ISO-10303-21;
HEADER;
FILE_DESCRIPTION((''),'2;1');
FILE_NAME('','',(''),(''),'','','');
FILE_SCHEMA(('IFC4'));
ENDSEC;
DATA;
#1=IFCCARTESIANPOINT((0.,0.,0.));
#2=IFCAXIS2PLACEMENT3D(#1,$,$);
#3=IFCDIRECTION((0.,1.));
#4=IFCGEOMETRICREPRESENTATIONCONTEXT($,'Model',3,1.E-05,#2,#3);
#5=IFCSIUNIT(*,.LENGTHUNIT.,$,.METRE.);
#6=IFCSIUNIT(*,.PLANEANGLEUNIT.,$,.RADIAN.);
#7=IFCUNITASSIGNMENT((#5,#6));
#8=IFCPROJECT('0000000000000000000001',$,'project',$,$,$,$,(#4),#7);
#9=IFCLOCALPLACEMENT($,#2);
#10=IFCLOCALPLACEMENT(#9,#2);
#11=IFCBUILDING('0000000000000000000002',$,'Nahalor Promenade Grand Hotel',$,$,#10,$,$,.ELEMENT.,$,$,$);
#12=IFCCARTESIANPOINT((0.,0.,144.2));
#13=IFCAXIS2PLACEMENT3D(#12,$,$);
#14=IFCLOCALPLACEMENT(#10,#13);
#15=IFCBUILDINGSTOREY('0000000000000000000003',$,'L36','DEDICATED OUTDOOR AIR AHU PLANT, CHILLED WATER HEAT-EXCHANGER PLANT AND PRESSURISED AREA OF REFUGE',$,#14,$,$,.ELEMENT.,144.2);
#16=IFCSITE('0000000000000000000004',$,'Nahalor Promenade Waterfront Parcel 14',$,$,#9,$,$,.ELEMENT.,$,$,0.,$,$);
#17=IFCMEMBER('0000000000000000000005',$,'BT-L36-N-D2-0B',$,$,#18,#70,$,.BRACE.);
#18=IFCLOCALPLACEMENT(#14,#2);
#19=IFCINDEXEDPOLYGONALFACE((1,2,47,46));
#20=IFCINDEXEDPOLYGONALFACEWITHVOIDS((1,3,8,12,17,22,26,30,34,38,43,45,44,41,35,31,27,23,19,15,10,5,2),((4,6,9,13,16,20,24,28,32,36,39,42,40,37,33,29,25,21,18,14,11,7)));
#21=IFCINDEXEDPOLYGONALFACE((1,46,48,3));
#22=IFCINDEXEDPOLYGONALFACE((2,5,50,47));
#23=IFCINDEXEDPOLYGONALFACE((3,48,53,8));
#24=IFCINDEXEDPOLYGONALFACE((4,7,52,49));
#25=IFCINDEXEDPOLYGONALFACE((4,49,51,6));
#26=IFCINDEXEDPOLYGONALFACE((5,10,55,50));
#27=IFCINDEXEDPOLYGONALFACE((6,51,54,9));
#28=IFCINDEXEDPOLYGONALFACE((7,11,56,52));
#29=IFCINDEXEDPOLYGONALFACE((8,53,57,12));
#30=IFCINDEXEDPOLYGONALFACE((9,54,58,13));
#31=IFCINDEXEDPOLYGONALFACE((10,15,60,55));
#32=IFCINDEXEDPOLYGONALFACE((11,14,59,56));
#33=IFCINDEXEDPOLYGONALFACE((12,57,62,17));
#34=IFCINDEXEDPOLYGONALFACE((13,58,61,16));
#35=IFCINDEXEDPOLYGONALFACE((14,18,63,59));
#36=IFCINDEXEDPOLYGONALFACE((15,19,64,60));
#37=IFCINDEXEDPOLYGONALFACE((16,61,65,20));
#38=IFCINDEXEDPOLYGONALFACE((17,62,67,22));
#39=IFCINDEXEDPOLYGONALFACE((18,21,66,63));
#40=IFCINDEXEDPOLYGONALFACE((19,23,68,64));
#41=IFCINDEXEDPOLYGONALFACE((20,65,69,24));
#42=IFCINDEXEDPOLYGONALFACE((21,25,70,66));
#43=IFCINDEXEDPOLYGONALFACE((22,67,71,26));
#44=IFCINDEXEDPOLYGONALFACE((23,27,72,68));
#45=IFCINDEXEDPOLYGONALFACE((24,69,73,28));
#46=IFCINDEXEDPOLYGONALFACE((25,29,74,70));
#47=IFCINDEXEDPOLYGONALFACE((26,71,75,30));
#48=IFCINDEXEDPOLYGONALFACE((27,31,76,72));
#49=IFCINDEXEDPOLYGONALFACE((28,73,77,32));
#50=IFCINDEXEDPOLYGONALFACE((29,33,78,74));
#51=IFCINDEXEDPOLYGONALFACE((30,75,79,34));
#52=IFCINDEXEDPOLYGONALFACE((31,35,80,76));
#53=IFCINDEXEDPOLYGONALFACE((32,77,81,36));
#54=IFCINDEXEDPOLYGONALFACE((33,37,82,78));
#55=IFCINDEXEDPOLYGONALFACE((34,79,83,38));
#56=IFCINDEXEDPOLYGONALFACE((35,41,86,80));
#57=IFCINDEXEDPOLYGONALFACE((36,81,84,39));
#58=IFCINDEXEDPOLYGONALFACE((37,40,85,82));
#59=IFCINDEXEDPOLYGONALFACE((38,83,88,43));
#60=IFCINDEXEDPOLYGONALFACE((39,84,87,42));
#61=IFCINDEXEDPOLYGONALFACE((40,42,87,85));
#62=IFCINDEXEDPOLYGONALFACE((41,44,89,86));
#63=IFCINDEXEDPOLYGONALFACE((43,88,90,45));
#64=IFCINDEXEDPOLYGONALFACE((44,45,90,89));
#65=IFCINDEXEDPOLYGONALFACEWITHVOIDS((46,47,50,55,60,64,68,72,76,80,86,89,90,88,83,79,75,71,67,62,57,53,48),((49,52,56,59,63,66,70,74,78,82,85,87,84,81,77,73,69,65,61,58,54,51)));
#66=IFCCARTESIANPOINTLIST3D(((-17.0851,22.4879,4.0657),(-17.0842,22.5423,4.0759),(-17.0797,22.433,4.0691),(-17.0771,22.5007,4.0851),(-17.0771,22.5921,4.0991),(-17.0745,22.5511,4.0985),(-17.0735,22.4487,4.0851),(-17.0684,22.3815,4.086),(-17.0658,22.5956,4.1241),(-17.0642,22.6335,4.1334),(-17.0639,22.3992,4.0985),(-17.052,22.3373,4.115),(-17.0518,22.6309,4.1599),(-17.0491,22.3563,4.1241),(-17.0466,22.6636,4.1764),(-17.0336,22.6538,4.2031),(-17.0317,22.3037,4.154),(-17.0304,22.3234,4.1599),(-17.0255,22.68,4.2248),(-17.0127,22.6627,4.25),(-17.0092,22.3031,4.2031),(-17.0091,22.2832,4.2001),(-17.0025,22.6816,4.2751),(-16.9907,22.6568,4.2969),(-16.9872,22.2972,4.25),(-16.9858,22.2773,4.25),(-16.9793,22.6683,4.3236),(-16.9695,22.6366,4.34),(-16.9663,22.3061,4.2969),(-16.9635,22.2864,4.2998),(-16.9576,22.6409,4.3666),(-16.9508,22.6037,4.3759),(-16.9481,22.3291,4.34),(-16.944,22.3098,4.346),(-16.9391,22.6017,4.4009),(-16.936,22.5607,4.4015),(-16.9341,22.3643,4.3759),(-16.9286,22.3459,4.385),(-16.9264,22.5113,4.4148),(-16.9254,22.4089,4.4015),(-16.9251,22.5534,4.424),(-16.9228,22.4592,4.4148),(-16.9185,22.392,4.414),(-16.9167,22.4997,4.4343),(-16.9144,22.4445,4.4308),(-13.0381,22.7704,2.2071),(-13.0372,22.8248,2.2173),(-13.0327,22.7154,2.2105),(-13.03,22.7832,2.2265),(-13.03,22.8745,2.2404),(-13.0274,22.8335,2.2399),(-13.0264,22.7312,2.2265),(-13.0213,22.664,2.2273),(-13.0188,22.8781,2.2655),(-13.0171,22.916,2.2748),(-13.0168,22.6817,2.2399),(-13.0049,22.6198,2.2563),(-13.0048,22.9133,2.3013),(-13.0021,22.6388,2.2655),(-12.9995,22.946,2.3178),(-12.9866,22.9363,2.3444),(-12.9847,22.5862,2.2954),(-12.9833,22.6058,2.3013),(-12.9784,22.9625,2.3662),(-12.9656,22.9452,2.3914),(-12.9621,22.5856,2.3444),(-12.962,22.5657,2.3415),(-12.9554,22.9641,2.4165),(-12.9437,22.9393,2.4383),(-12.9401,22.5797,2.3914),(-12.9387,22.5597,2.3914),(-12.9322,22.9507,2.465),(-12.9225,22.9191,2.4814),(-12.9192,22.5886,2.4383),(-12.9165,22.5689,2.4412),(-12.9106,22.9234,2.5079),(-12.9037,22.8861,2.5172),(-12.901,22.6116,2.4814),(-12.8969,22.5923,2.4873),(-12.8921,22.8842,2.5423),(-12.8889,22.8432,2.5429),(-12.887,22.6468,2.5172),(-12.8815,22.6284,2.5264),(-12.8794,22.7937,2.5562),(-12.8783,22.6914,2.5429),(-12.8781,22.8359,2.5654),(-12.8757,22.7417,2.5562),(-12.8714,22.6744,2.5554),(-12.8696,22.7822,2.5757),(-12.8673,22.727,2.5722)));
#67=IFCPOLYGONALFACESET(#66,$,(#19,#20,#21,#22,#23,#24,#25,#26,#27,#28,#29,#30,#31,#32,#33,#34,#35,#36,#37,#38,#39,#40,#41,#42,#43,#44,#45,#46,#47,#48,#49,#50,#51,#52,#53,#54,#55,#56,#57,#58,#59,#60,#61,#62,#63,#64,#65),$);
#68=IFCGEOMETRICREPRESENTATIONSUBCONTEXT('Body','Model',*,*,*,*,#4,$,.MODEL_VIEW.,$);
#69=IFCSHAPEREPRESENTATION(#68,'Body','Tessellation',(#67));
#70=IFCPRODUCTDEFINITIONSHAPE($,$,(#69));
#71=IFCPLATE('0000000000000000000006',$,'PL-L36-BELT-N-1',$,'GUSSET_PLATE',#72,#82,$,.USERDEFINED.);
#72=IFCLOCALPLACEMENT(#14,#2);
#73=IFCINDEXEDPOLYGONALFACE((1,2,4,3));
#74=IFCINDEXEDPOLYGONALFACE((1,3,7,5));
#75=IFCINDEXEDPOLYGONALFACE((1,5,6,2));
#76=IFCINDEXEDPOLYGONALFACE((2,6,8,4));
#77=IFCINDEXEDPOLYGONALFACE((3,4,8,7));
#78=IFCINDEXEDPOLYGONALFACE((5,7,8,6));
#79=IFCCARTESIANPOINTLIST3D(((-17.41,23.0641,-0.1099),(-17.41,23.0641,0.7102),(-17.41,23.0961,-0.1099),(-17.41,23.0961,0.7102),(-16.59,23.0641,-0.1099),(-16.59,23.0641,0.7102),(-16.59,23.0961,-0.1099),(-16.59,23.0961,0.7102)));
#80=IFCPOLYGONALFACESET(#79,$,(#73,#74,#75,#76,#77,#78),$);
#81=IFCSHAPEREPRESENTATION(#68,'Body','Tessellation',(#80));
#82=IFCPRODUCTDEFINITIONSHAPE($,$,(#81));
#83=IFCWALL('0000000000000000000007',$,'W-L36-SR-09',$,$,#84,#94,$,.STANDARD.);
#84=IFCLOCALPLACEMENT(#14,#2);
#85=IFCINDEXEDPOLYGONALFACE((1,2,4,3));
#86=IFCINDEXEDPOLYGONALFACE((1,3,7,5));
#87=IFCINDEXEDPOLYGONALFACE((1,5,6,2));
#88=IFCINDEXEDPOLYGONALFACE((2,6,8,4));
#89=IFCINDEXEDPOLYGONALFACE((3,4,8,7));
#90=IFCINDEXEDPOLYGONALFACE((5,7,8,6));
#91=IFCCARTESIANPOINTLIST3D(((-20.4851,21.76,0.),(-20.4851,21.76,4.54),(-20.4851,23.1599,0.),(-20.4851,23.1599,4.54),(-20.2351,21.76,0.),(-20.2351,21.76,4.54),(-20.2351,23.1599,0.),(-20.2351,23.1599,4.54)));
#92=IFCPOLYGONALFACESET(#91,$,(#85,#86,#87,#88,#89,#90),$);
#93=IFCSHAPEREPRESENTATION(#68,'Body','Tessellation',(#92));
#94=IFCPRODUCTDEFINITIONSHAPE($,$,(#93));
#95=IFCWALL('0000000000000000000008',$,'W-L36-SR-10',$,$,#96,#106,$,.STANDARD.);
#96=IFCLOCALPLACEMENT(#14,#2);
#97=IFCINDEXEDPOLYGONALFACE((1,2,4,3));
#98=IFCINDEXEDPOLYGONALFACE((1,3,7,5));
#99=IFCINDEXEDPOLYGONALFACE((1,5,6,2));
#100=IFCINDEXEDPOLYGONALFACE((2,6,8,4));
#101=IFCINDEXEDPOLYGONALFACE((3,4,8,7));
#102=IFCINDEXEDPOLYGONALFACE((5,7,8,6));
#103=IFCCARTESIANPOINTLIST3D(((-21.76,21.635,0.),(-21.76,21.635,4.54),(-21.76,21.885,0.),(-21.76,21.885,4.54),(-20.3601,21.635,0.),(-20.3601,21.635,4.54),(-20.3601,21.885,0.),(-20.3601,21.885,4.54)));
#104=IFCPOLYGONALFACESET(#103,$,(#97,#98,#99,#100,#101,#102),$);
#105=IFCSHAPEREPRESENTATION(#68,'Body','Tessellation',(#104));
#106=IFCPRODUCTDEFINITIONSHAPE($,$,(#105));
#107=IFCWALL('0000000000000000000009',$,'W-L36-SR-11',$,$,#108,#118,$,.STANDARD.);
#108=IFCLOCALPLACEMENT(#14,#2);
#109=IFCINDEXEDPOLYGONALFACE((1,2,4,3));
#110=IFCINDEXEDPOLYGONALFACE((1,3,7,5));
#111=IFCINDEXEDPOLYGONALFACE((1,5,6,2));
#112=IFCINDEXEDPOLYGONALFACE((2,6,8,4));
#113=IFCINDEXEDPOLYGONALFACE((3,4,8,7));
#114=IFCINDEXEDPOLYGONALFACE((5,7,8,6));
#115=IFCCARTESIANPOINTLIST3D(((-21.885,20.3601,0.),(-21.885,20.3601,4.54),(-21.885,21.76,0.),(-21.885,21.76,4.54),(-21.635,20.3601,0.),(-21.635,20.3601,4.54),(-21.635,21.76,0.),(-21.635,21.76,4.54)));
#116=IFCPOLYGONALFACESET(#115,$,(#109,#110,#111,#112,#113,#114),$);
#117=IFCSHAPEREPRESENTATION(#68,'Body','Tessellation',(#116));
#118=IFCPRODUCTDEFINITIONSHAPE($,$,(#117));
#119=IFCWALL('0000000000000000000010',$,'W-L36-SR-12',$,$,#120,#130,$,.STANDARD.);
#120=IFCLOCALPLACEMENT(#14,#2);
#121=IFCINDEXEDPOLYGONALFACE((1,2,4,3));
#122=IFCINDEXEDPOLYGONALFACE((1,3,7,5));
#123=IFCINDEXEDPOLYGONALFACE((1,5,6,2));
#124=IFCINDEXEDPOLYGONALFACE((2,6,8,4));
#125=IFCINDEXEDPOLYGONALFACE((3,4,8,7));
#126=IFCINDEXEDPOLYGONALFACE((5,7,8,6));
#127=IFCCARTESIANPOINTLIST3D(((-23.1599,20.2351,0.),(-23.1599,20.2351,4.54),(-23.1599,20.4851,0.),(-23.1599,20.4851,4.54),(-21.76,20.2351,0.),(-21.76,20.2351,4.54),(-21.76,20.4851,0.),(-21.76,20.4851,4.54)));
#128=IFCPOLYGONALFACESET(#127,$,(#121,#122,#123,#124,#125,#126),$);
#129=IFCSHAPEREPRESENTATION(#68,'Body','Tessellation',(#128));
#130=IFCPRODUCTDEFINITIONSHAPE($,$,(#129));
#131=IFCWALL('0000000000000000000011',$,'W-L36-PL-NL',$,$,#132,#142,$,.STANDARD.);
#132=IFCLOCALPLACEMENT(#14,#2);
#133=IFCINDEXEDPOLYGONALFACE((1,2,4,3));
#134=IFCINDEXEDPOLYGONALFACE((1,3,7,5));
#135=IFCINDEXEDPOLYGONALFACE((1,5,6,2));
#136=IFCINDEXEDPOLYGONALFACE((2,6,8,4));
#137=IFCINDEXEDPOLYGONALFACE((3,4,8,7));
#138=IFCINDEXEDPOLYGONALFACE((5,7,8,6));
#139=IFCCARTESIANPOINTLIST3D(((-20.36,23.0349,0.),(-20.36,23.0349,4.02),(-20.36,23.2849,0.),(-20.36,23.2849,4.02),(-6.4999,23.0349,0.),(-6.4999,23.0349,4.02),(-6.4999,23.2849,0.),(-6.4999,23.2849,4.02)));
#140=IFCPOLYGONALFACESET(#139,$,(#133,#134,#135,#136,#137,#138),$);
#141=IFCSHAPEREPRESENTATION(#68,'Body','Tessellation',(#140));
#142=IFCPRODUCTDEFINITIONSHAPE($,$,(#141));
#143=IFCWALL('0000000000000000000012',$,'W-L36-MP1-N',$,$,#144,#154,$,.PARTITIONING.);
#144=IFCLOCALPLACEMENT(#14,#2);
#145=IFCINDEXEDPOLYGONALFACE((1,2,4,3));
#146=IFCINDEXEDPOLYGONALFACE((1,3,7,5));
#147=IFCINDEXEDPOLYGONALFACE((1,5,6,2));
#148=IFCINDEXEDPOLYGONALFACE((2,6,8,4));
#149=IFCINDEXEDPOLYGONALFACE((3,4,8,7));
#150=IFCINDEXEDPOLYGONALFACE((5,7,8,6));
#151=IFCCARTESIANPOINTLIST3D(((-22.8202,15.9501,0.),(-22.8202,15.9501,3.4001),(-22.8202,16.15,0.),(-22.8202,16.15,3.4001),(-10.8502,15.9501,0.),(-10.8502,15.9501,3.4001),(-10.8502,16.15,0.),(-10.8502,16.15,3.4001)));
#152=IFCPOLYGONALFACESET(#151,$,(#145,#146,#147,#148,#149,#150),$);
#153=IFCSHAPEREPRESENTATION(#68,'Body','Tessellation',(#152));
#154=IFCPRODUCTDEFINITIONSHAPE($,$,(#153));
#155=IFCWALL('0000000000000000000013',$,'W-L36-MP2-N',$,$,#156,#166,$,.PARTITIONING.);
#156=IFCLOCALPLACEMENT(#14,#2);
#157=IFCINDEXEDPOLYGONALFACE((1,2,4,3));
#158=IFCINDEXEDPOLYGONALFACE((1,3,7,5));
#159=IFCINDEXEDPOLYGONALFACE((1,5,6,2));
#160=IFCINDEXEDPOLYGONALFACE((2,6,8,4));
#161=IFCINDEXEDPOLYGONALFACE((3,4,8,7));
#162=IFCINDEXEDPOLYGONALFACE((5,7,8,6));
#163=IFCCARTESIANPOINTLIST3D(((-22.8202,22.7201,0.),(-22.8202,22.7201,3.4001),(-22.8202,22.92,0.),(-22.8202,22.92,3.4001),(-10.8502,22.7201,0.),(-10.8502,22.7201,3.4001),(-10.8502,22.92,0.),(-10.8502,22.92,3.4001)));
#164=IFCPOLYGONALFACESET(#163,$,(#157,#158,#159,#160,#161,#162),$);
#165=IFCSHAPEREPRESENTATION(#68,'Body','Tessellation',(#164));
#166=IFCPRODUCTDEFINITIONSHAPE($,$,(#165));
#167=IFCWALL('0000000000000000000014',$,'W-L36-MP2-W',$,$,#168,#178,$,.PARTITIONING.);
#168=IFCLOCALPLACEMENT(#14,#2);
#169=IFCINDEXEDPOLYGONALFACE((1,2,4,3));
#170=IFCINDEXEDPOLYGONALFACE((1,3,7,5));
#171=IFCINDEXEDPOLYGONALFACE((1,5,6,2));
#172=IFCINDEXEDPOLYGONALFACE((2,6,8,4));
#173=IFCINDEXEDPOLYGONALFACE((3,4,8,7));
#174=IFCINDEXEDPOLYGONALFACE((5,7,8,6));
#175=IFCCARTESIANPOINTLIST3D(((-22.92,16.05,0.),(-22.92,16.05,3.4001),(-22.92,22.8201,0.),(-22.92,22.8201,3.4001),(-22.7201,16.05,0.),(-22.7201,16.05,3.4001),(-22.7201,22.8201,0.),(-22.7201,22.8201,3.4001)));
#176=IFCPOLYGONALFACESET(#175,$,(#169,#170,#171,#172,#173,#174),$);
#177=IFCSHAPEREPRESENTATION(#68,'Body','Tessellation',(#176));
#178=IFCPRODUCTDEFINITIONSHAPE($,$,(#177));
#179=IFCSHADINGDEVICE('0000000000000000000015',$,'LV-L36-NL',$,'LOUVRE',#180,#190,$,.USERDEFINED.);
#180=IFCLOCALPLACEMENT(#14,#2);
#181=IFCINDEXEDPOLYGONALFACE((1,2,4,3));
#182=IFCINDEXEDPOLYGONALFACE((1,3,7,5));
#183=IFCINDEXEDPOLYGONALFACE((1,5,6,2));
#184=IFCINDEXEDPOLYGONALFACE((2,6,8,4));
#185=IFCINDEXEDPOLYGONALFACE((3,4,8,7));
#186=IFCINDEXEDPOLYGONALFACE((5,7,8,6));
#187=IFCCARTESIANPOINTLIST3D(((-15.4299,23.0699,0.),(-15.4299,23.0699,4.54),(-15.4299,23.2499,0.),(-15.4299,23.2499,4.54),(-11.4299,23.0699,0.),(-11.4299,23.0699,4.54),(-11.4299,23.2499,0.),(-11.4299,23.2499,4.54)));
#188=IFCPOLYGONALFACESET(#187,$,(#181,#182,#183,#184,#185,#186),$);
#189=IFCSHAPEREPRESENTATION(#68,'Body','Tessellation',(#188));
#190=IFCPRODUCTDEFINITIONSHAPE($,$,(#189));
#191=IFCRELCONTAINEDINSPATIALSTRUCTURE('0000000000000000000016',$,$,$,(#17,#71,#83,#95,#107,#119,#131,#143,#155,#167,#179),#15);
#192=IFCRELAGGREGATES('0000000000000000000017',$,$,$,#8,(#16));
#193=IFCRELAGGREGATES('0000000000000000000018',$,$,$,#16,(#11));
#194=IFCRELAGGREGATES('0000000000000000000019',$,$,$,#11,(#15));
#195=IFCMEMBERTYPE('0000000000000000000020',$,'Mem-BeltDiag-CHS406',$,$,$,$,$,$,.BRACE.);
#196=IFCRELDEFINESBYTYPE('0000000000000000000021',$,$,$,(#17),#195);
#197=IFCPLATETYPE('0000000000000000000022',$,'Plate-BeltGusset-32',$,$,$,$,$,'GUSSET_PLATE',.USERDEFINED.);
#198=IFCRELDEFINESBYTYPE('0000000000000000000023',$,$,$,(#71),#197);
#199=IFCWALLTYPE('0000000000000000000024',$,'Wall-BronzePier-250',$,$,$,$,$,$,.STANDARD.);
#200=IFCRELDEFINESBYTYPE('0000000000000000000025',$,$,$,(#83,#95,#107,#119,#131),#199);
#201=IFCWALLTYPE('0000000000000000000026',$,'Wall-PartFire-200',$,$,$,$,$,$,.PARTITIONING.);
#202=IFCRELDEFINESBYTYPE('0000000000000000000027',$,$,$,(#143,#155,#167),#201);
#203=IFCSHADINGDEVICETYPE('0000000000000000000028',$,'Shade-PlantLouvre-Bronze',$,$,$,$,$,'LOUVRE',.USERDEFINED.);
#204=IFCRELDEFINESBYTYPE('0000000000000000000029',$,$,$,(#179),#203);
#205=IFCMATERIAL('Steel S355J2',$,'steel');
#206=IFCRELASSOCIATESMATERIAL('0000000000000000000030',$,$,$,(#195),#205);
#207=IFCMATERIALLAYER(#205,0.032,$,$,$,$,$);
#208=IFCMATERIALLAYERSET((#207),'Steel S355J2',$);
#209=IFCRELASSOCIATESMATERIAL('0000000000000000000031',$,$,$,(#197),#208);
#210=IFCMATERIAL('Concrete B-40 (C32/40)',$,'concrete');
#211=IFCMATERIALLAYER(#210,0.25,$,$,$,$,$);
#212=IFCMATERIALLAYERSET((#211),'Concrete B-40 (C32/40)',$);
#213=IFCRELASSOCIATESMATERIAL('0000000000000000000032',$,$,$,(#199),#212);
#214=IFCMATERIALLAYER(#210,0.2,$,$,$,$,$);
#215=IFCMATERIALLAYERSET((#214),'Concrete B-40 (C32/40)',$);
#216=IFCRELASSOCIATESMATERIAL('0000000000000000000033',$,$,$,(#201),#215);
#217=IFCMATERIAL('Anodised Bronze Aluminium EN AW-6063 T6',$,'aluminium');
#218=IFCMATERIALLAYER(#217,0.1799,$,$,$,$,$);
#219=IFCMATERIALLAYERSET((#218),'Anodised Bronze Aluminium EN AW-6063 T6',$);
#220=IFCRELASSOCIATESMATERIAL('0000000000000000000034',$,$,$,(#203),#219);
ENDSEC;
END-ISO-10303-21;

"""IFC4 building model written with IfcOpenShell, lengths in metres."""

from ifc_helpers import new_model, si_unit, direction, frame, frame_2d, origin, origin_2d, place, context, subcontext, project, spatial, rectangle, hollow_circle, extrude, source, transform, mapped, material, layer, layer_set, material_profile, profile_set, type_object, element, save


model = new_model("IFC4")

# Units and contexts
model_context = context("Model", 3, precision=1e-05, world=origin(), true_north=direction((0.0, 1.0)))
body_context = subcontext(model_context, "Body", "Model", "MODEL_VIEW")
ifc_project = project(units=[si_unit("LENGTHUNIT", "METRE"), si_unit("PLANEANGLEUNIT", "RADIAN")], contexts=[model_context])

# Site, building, storey
site_placement = place(None, origin())
site = spatial("IfcSite", under=ifc_project, at=site_placement, Name="Nahalor Promenade Waterfront Parcel 14", CompositionType="ELEMENT", RefElevation=0.0)
building_placement = place(site_placement, origin())
building = spatial("IfcBuilding", under=site, at=building_placement, Name="Nahalor Promenade Grand Hotel", CompositionType="ELEMENT")
storey_placement = place(building_placement, frame((0.0, 0.0, 144.2)))
storey = spatial("IfcBuildingStorey", under=building, at=storey_placement, Name="L36", Description="DEDICATED OUTDOOR AIR AHU PLANT, CHILLED WATER HEAT-EXCHANGER PLANT AND PRESSURISED AREA OF REFUGE", CompositionType="ELEMENT", Elevation=144.2)

# Shared definitions
ifc_material_1 = material(Name="Steel S355J2", Category="steel")

# Member
ifc_material_profile_1 = material_profile(ifc_material_1, hollow_circle(Radius=0.2032, WallThickness=0.02, at=origin_2d()), Name="CHS 406.4x20")
ifc_profile_set_1 = profile_set([ifc_material_profile_1], Name="Steel S355J2")
member_type = type_object("IfcMemberType", Name="Mem-BeltDiag-CHS406", PredefinedType="BRACE", material=ifc_profile_set_1)
shared_shape_1 = source(origin(), body_context, "Body", "SweptSolid", [
    extrude(hollow_circle(Radius=0.2032, WallThickness=0.02, at=origin_2d()), origin(), (0.0, 0.0, 1.0), 4.4624),
])
member_1_placement = place(storey_placement, frame((-12.9529, 22.7625, 2.3914), z_axis=(-0.906926, -0.063299, 0.416507), x_axis=(0.069626, -0.997573, 0.0)))
element("IfcMember", 1, at=member_1_placement, inside=storey, type_object=member_type, Name="BT-L36-N-D2-0B", PredefinedType="BRACE", context=body_context, shape_type="MappedRepresentation", body=[
    mapped(shared_shape_1, transform((0.0, 0.0, 0.0), scale=1.0)),
])

# Plate
ifc_layer_1 = layer(ifc_material_1, 0.032)
ifc_layer_set_1 = layer_set([ifc_layer_1], Name="Steel S355J2")
plate_type = type_object("IfcPlateType", Name="Plate-BeltGusset-32", ElementType="GUSSET_PLATE", PredefinedType="USERDEFINED", material=ifc_layer_set_1)
shared_shape_2 = source(origin(), body_context, "Body", "SweptSolid", [
    extrude(rectangle(XDim=0.8201, YDim=0.032, at=origin_2d()), origin(), (0.0, 0.0, 1.0), 0.8201),
])
plate_placement = place(storey_placement, frame((-17.0, 23.0801, -0.1099), z_axis=(0.0, 0.0, 1.0), x_axis=(1.0, 0.0, 0.0)))
element("IfcPlate", 2, at=plate_placement, inside=storey, type_object=plate_type, Name="PL-L36-BELT-N-1", ObjectType="GUSSET_PLATE", PredefinedType="USERDEFINED", context=body_context, shape_type="MappedRepresentation", body=[
    mapped(shared_shape_2, transform((0.0, 0.0, 0.0), scale=1.0)),
])

# Walls
ifc_material_2 = material(Name="Concrete B-40 (C32/40)", Category="concrete")
ifc_layer_2 = layer(ifc_material_2, 0.25)
ifc_layer_set_2 = layer_set([ifc_layer_2], Name="Concrete B-40 (C32/40)")
wall_type_1 = type_object("IfcWallType", Name="Wall-BronzePier-250", PredefinedType="STANDARD", material=ifc_layer_set_2)
shared_shape_3 = source(origin(), body_context, "Body", "SweptSolid", [
    extrude(rectangle(XDim=1.3999, YDim=0.25, at=frame_2d((0.7, 0.0))), origin(), (0.0, 0.0, 1.0), 4.54),
])
for number, where, z_axis, x_axis, name in (
    (3, (-20.3601, 21.76, 0.0), (0.0, 0.0, 1.0), (0.0, 1.0, 0.0), "W-L36-SR-09"),
    (4, (-21.76, 21.76, 0.0), (0.0, 0.0, 1.0), (1.0, 0.0, 0.0), "W-L36-SR-10"),
    (5, (-21.76, 20.3601, 0.0), (0.0, 0.0, 1.0), (0.0, 1.0, 0.0), "W-L36-SR-11"),
    (6, (-23.1599, 20.3601, 0.0), (0.0, 0.0, 1.0), (1.0, 0.0, 0.0), "W-L36-SR-12"),
):
    element("IfcWall", number, at=place(storey_placement, frame(where, z_axis=z_axis, x_axis=x_axis)), inside=storey, type_object=wall_type_1, Name=name, PredefinedType="STANDARD", context=body_context, shape_type="MappedRepresentation", body=[
        mapped(shared_shape_3, transform((0.0, 0.0, 0.0), scale=1.0)),
    ])
shared_shape_4 = source(origin(), body_context, "Body", "SweptSolid", [
    extrude(rectangle(XDim=13.8601, YDim=0.25, at=frame_2d((6.9302, 0.0))), origin(), (0.0, 0.0, 1.0), 4.02),
])
wall_1_placement = place(storey_placement, frame((-20.3601, 23.1599, 0.0), z_axis=(0.0, 0.0, 1.0), x_axis=(1.0, 0.0, 0.0)))
element("IfcWall", 7, at=wall_1_placement, inside=storey, type_object=wall_type_1, Name="W-L36-PL-NL", PredefinedType="STANDARD", context=body_context, shape_type="MappedRepresentation", body=[
    mapped(shared_shape_4, transform((0.0, 0.0, 0.0), scale=1.0)),
])
ifc_layer_3 = layer(ifc_material_2, 0.2)
ifc_layer_set_3 = layer_set([ifc_layer_3], Name="Concrete B-40 (C32/40)")
wall_type_2 = type_object("IfcWallType", Name="Wall-PartFire-200", PredefinedType="PARTITIONING", material=ifc_layer_set_3)
shared_shape_5 = source(origin(), body_context, "Body", "SweptSolid", [
    extrude(rectangle(XDim=11.97, YDim=0.2, at=frame_2d((5.9849, 0.0))), origin(), (0.0, 0.0, 1.0), 3.4001),
])
for number, where, z_axis, x_axis, name in (
    (8, (-22.8201, 16.05, 0.0), (0.0, 0.0, 1.0), (1.0, 0.0, 0.0), "W-L36-MP1-N"),
    (9, (-22.8201, 22.8201, 0.0), (0.0, 0.0, 1.0), (1.0, 0.0, 0.0), "W-L36-MP2-N"),
):
    element("IfcWall", number, at=place(storey_placement, frame(where, z_axis=z_axis, x_axis=x_axis)), inside=storey, type_object=wall_type_2, Name=name, PredefinedType="PARTITIONING", context=body_context, shape_type="MappedRepresentation", body=[
        mapped(shared_shape_5, transform((0.0, 0.0, 0.0), scale=1.0)),
    ])
shared_shape_6 = source(origin(), body_context, "Body", "SweptSolid", [
    extrude(rectangle(XDim=6.77, YDim=0.2, at=frame_2d((3.385, 0.0))), origin(), (0.0, 0.0, 1.0), 3.4001),
])
wall_2_placement = place(storey_placement, frame((-22.8201, 16.05, 0.0), z_axis=(0.0, 0.0, 1.0), x_axis=(0.0, 1.0, 0.0)))
element("IfcWall", 10, at=wall_2_placement, inside=storey, type_object=wall_type_2, Name="W-L36-MP2-W", PredefinedType="PARTITIONING", context=body_context, shape_type="MappedRepresentation", body=[
    mapped(shared_shape_6, transform((0.0, 0.0, 0.0), scale=1.0)),
])

# Shading device
ifc_material_3 = material(Name="Anodised Bronze Aluminium EN AW-6063 T6", Category="aluminium")
ifc_layer_4 = layer(ifc_material_3, 0.1799)
ifc_layer_set_4 = layer_set([ifc_layer_4], Name="Anodised Bronze Aluminium EN AW-6063 T6")
shading_device_type = type_object("IfcShadingDeviceType", Name="Shade-PlantLouvre-Bronze", ElementType="LOUVRE", PredefinedType="USERDEFINED", material=ifc_layer_set_4)
shared_shape_7 = source(origin(), body_context, "Body", "SweptSolid", [
    extrude(rectangle(XDim=4.0, YDim=0.1799, at=origin_2d()), origin(), (0.0, 0.0, 1.0), 4.54),
])
for number, where, z_axis, x_axis, name in (
    (11, (-13.4299, 23.1599, 0.0), (0.0, 0.0, 1.0), (1.0, 0.0, 0.0), "LV-L36-NL"),
):
    element("IfcShadingDevice", number, at=place(storey_placement, frame(where, z_axis=z_axis, x_axis=x_axis)), inside=storey, type_object=shading_device_type, Name=name, ObjectType="LOUVRE", PredefinedType="USERDEFINED", context=body_context, shape_type="MappedRepresentation", body=[
        mapped(shared_shape_7, transform((0.0, 0.0, 0.0), scale=1.0)),
    ])

save(model, "model.ifc")
